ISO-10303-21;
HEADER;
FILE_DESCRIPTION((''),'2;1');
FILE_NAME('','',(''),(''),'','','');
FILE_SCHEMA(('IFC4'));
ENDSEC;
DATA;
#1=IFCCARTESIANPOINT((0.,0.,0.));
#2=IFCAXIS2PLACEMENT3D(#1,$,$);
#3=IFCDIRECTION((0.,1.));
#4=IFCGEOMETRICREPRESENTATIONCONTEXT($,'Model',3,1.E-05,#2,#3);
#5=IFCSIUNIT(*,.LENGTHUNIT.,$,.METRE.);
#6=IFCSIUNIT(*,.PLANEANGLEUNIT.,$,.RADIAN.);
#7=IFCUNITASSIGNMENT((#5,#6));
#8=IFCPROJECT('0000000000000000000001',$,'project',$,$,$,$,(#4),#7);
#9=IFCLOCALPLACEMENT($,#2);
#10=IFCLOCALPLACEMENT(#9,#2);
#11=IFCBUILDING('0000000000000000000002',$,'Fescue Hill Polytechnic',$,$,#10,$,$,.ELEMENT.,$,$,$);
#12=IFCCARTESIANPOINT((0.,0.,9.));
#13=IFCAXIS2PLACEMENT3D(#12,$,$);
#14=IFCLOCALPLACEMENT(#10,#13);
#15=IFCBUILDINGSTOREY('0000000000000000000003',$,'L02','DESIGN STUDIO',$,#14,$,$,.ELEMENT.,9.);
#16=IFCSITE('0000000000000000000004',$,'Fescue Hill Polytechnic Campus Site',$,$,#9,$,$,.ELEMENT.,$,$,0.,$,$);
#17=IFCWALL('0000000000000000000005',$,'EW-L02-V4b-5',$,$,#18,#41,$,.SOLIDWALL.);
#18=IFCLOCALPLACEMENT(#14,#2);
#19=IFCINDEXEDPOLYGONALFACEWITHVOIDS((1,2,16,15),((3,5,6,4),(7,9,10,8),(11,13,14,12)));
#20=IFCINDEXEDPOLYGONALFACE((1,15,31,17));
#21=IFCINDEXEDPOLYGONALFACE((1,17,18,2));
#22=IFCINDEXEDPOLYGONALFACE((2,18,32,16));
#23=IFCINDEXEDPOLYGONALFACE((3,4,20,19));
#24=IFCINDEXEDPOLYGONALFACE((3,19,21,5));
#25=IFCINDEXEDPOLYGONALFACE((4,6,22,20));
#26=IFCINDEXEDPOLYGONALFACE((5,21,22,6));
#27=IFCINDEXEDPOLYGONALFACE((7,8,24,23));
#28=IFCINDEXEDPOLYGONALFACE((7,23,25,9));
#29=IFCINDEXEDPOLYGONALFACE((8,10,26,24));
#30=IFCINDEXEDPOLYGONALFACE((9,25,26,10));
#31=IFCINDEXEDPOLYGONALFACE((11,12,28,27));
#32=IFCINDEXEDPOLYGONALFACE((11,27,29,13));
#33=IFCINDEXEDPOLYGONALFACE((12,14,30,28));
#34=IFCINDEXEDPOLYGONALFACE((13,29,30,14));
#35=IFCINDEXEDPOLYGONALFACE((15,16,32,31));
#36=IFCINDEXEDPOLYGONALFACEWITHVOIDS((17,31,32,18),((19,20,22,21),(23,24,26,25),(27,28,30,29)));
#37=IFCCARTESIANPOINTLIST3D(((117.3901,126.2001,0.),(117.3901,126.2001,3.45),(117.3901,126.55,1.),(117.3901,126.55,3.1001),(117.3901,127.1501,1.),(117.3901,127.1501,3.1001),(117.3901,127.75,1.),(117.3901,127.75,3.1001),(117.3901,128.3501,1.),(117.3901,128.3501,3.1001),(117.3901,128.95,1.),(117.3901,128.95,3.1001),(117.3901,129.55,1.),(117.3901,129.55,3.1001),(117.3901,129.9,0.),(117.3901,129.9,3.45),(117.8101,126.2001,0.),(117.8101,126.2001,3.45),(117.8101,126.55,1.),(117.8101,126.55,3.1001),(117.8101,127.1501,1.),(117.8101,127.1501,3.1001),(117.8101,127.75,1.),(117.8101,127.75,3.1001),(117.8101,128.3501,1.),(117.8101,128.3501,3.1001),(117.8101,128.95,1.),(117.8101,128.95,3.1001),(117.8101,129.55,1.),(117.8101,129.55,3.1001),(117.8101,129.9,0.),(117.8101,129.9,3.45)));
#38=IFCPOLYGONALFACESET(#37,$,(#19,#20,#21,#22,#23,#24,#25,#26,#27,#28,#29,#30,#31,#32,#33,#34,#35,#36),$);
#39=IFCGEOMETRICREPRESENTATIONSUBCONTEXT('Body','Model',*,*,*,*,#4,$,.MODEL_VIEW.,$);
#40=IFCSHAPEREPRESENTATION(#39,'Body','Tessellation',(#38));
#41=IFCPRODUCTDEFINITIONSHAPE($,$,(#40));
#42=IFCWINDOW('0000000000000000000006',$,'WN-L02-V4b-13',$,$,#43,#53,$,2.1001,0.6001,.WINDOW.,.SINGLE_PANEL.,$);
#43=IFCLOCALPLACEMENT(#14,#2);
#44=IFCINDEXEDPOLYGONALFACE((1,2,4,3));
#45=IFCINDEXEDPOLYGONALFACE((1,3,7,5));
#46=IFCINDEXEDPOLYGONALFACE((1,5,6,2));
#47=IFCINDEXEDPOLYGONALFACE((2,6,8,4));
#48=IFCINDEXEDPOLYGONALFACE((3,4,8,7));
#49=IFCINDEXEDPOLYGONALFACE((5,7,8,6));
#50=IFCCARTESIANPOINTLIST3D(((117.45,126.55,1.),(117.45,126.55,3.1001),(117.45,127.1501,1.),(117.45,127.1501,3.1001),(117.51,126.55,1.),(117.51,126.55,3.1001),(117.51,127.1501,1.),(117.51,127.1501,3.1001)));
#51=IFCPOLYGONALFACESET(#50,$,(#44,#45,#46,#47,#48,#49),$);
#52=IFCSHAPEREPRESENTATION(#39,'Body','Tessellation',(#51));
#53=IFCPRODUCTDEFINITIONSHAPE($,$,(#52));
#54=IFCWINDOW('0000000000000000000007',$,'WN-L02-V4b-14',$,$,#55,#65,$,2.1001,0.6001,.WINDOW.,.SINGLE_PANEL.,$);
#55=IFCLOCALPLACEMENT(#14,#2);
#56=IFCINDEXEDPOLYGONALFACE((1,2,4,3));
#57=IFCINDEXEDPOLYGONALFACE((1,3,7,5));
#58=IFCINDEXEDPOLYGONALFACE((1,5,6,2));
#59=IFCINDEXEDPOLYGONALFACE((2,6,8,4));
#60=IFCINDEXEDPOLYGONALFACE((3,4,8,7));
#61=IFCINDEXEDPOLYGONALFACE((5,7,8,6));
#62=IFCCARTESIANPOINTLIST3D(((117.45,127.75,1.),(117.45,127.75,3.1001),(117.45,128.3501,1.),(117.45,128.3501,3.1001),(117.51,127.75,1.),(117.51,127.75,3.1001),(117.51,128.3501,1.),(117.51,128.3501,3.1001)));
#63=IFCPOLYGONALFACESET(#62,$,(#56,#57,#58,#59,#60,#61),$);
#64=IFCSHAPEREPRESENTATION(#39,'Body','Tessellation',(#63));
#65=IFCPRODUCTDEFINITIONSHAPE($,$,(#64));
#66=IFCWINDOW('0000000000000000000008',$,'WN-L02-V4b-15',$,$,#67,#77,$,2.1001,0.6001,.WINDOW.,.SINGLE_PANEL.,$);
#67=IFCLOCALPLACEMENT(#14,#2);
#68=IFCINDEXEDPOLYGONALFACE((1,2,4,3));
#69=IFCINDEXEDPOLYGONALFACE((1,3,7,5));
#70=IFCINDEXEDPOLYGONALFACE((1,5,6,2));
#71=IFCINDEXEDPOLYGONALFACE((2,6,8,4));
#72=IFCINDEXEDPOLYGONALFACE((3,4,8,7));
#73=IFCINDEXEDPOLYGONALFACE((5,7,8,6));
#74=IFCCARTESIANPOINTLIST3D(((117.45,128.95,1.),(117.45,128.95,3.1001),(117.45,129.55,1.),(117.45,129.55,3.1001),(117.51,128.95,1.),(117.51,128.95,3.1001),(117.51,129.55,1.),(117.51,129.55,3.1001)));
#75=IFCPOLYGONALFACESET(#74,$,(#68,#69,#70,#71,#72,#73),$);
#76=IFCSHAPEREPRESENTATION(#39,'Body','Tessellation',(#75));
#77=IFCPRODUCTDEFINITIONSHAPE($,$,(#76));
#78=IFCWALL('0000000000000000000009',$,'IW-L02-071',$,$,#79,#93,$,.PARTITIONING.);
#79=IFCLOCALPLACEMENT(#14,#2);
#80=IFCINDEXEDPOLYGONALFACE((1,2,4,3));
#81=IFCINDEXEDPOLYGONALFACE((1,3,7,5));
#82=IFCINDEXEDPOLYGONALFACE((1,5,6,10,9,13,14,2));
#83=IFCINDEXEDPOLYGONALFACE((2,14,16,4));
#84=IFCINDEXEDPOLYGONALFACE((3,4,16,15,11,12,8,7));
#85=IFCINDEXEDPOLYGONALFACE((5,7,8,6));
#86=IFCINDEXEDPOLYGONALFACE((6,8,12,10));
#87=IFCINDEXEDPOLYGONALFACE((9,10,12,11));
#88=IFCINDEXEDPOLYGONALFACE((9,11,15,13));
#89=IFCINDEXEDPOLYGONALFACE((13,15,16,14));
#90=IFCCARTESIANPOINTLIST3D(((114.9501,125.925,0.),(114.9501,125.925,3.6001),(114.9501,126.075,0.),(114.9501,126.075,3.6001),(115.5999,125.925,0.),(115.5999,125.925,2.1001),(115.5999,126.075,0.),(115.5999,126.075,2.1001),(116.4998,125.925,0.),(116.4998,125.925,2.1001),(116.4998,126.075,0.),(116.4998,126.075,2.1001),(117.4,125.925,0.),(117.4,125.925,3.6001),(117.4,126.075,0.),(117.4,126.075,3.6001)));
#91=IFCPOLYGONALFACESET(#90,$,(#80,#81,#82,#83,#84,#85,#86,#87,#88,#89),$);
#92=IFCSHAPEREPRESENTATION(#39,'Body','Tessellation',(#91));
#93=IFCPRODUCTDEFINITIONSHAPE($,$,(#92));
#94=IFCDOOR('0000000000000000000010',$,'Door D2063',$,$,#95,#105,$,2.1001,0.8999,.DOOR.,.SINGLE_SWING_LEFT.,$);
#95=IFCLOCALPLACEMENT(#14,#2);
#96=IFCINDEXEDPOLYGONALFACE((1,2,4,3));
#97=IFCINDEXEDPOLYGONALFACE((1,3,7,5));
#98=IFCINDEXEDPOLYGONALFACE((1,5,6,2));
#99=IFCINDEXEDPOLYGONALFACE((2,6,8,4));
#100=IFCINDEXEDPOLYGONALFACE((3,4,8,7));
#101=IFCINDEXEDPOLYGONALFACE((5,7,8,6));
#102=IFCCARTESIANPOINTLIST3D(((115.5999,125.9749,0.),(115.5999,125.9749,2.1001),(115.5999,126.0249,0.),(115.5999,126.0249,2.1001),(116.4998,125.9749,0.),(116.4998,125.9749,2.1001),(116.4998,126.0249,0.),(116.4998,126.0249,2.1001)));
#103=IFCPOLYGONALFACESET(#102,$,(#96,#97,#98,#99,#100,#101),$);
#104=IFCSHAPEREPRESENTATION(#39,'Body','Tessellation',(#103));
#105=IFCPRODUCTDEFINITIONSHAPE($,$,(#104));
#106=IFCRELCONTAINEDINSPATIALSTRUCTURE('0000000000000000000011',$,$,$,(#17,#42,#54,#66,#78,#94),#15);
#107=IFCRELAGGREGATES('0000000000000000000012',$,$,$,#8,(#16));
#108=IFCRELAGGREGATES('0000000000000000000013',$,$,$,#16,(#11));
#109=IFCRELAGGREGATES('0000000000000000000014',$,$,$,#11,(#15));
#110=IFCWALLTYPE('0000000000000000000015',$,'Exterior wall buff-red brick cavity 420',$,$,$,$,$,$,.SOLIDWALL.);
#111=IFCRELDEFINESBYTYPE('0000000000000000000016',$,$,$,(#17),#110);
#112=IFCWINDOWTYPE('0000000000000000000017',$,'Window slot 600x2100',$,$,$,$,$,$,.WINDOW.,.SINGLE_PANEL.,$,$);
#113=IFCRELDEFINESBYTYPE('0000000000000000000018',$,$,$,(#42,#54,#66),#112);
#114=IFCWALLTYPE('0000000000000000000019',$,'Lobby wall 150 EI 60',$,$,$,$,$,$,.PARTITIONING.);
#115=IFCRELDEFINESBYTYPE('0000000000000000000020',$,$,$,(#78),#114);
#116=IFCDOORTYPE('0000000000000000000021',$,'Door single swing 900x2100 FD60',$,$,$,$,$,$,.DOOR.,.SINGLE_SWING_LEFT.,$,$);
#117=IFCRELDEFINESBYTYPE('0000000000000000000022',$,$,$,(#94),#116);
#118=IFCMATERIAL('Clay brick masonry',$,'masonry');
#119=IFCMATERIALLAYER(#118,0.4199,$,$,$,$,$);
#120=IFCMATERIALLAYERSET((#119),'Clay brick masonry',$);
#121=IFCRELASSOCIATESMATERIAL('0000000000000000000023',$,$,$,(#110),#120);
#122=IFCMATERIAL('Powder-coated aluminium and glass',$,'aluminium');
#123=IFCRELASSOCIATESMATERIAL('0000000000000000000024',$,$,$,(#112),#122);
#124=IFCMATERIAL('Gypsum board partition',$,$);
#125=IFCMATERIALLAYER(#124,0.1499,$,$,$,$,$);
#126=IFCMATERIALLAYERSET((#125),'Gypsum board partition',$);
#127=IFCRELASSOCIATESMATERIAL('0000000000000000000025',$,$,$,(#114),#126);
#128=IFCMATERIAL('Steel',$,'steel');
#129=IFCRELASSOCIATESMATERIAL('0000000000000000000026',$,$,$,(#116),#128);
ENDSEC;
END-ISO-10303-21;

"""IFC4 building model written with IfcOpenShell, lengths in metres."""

from ifc_helpers import new_model, si_unit, direction, frame, frame_2d, origin, place, context, subcontext, project, spatial, rectangle, extrude, material, layer, layer_set, type_object, element, fill, save


model = new_model("IFC4")

# Units and contexts
model_context = context("Model", 3, precision=1e-05, world=origin(), true_north=direction((0.0, 1.0)))
body_context = subcontext(model_context, "Body", "Model", "MODEL_VIEW")
ifc_project = project(units=[si_unit("LENGTHUNIT", "METRE"), si_unit("PLANEANGLEUNIT", "RADIAN")], contexts=[model_context])

# Site, building, storey
site_placement = place(None, origin())
site = spatial("IfcSite", under=ifc_project, at=site_placement, Name="Fescue Hill Polytechnic Campus Site", CompositionType="ELEMENT", RefElevation=0.0)
building_placement = place(site_placement, origin())
building = spatial("IfcBuilding", under=site, at=building_placement, Name="Fescue Hill Polytechnic", CompositionType="ELEMENT")
storey_placement = place(building_placement, frame((0.0, 0.0, 9.0)))
storey = spatial("IfcBuildingStorey", under=building, at=storey_placement, Name="L02", Description="DESIGN STUDIO", CompositionType="ELEMENT", Elevation=9.0)

# Shared definitions
ifc_material_1 = material(Name="Clay brick masonry", Category="masonry")

# Wall, openings, windows
ifc_layer_1 = layer(ifc_material_1, 0.4199)
ifc_layer_set_1 = layer_set([ifc_layer_1], Name="Clay brick masonry")
wall_type_1 = type_object("IfcWallType", Name="Exterior wall buff-red brick cavity 420", PredefinedType="SOLIDWALL", material=ifc_layer_set_1)
ifc_material_2 = material(Name="Powder-coated aluminium and glass", Category="aluminium")
window_type = type_object("IfcWindowType", Name="Window slot 600x2100", PartitioningType="SINGLE_PANEL", PredefinedType="WINDOW", material=ifc_material_2)
wall_1_placement = place(storey_placement, frame((117.6001, 126.2, 0.0), z_axis=(0.0, 0.0, 1.0), x_axis=(0.0, 1.0, 0.0)))
wall_1 = element("IfcWall", 1, at=wall_1_placement, inside=storey, type_object=wall_type_1, Name="EW-L02-V4b-5", PredefinedType="SOLIDWALL", context=body_context, shape_type="SweptSolid", body=[
    extrude(rectangle(XDim=3.7, YDim=0.4199, at=frame_2d((1.8501, 0.0))), origin(), (0.0, 0.0, 1.0), 3.45),
])
opening_1_placement = place(wall_1_placement, frame((0.3501, 0.0, 1.0)))
opening_1 = element("IfcOpeningElement", 2, at=opening_1_placement, cuts=wall_1, PredefinedType="OPENING", context=body_context, shape_type="SweptSolid", body=[
    extrude(rectangle(XDim=0.6001, YDim=2.1001, at=frame_2d((0.3, 1.05))), frame((0.0, 0.22, 0.0), z_axis=(0.0, -1.0, 0.0), x_axis=(1.0, 0.0, 0.0)), (0.0, 0.0, 1.0), 0.4399),
])
opening_2_placement = place(wall_1_placement, frame((1.55, 0.0, 1.0)))
opening_2 = element("IfcOpeningElement", 3, at=opening_2_placement, cuts=wall_1, PredefinedType="OPENING", context=body_context, shape_type="SweptSolid", body=[
    extrude(rectangle(XDim=0.6001, YDim=2.1001, at=frame_2d((0.3, 1.05))), frame((0.0, 0.22, 0.0), z_axis=(0.0, -1.0, 0.0), x_axis=(1.0, 0.0, 0.0)), (0.0, 0.0, 1.0), 0.4399),
])
opening_3_placement = place(wall_1_placement, frame((2.75, 0.0, 1.0)))
opening_3 = element("IfcOpeningElement", 4, at=opening_3_placement, cuts=wall_1, PredefinedType="OPENING", context=body_context, shape_type="SweptSolid", body=[
    extrude(rectangle(XDim=0.6001, YDim=2.1001, at=frame_2d((0.3, 1.05))), frame((0.0, 0.22, 0.0), z_axis=(0.0, -1.0, 0.0), x_axis=(1.0, 0.0, 0.0)), (0.0, 0.0, 1.0), 0.4399),
])
window_1_placement = place(opening_1_placement, origin())
window_1 = element("IfcWindow", 5, at=window_1_placement, inside=storey, type_object=window_type, Name="WN-L02-V4b-13", OverallHeight=2.1001, OverallWidth=0.6001, PartitioningType="SINGLE_PANEL", PredefinedType="WINDOW", context=body_context, shape_type="SweptSolid", body=[
    extrude(rectangle(XDim=0.6001, YDim=2.1001, at=frame_2d((0.3, 1.05))), frame((0.0, 0.1501, 0.0), z_axis=(0.0, -1.0, 0.0), x_axis=(1.0, 0.0, 0.0)), (0.0, 0.0, 1.0), 0.0601),
])
fill(opening_1, window_1)
window_2_placement = place(opening_2_placement, origin())
window_2 = element("IfcWindow", 6, at=window_2_placement, inside=storey, type_object=window_type, Name="WN-L02-V4b-14", OverallHeight=2.1001, OverallWidth=0.6001, PartitioningType="SINGLE_PANEL", PredefinedType="WINDOW", context=body_context, shape_type="SweptSolid", body=[
    extrude(rectangle(XDim=0.6001, YDim=2.1001, at=frame_2d((0.3, 1.05))), frame((0.0, 0.1501, 0.0), z_axis=(0.0, -1.0, 0.0), x_axis=(1.0, 0.0, 0.0)), (0.0, 0.0, 1.0), 0.0601),
])
fill(opening_2, window_2)
window_3_placement = place(opening_3_placement, origin())
window_3 = element("IfcWindow", 7, at=window_3_placement, inside=storey, type_object=window_type, Name="WN-L02-V4b-15", OverallHeight=2.1001, OverallWidth=0.6001, PartitioningType="SINGLE_PANEL", PredefinedType="WINDOW", context=body_context, shape_type="SweptSolid", body=[
    extrude(rectangle(XDim=0.6001, YDim=2.1001, at=frame_2d((0.3, 1.05))), frame((0.0, 0.1501, 0.0), z_axis=(0.0, -1.0, 0.0), x_axis=(1.0, 0.0, 0.0)), (0.0, 0.0, 1.0), 0.0601),
])
fill(opening_3, window_3)

# Wall, opening, door
ifc_material_3 = material(Name="Gypsum board partition")
ifc_layer_2 = layer(ifc_material_3, 0.1499)
ifc_layer_set_2 = layer_set([ifc_layer_2], Name="Gypsum board partition")
wall_type_2 = type_object("IfcWallType", Name="Lobby wall 150 EI 60", PredefinedType="PARTITIONING", material=ifc_layer_set_2)
wall_2_placement = place(storey_placement, frame((114.95, 126.0, 0.0), z_axis=(0.0, 0.0, 1.0), x_axis=(1.0, 0.0, 0.0)))
wall_2 = element("IfcWall", 8, at=wall_2_placement, inside=storey, type_object=wall_type_2, Name="IW-L02-071", PredefinedType="PARTITIONING", context=body_context, shape_type="SweptSolid", body=[
    extrude(rectangle(XDim=2.45, YDim=0.1499, at=frame_2d((1.2251, 0.0))), origin(), (0.0, 0.0, 1.0), 3.6001),
])
opening_4_placement = place(wall_2_placement, frame((0.6499, 0.0, 0.0)))
opening_4 = element("IfcOpeningElement", 9, at=opening_4_placement, cuts=wall_2, PredefinedType="OPENING", context=body_context, shape_type="SweptSolid", body=[
    extrude(rectangle(XDim=0.8999, YDim=2.1001, at=frame_2d((0.45, 1.05))), frame((0.0, 0.085, 0.0), z_axis=(0.0, -1.0, 0.0), x_axis=(1.0, 0.0, 0.0)), (0.0, 0.0, 1.0), 0.1699),
])
ifc_material_4 = material(Name="Steel", Category="steel")
door_type = type_object("IfcDoorType", Name="Door single swing 900x2100 FD60", OperationType="SINGLE_SWING_LEFT", PredefinedType="DOOR", material=ifc_material_4)
door_placement = place(opening_4_placement, origin())
door = element("IfcDoor", 10, at=door_placement, inside=storey, type_object=door_type, Name="Door D2063", OperationType="SINGLE_SWING_LEFT", OverallHeight=2.1001, OverallWidth=0.8999, PredefinedType="DOOR", context=body_context, shape_type="SweptSolid", body=[
    extrude(rectangle(XDim=0.8999, YDim=2.1001, at=frame_2d((0.45, 1.05))), frame((0.0, 0.0249, 0.0), z_axis=(0.0, -1.0, 0.0), x_axis=(1.0, 0.0, 0.0)), (0.0, 0.0, 1.0), 0.05),
])
fill(opening_4, door)

save(model, "model.ifc")
